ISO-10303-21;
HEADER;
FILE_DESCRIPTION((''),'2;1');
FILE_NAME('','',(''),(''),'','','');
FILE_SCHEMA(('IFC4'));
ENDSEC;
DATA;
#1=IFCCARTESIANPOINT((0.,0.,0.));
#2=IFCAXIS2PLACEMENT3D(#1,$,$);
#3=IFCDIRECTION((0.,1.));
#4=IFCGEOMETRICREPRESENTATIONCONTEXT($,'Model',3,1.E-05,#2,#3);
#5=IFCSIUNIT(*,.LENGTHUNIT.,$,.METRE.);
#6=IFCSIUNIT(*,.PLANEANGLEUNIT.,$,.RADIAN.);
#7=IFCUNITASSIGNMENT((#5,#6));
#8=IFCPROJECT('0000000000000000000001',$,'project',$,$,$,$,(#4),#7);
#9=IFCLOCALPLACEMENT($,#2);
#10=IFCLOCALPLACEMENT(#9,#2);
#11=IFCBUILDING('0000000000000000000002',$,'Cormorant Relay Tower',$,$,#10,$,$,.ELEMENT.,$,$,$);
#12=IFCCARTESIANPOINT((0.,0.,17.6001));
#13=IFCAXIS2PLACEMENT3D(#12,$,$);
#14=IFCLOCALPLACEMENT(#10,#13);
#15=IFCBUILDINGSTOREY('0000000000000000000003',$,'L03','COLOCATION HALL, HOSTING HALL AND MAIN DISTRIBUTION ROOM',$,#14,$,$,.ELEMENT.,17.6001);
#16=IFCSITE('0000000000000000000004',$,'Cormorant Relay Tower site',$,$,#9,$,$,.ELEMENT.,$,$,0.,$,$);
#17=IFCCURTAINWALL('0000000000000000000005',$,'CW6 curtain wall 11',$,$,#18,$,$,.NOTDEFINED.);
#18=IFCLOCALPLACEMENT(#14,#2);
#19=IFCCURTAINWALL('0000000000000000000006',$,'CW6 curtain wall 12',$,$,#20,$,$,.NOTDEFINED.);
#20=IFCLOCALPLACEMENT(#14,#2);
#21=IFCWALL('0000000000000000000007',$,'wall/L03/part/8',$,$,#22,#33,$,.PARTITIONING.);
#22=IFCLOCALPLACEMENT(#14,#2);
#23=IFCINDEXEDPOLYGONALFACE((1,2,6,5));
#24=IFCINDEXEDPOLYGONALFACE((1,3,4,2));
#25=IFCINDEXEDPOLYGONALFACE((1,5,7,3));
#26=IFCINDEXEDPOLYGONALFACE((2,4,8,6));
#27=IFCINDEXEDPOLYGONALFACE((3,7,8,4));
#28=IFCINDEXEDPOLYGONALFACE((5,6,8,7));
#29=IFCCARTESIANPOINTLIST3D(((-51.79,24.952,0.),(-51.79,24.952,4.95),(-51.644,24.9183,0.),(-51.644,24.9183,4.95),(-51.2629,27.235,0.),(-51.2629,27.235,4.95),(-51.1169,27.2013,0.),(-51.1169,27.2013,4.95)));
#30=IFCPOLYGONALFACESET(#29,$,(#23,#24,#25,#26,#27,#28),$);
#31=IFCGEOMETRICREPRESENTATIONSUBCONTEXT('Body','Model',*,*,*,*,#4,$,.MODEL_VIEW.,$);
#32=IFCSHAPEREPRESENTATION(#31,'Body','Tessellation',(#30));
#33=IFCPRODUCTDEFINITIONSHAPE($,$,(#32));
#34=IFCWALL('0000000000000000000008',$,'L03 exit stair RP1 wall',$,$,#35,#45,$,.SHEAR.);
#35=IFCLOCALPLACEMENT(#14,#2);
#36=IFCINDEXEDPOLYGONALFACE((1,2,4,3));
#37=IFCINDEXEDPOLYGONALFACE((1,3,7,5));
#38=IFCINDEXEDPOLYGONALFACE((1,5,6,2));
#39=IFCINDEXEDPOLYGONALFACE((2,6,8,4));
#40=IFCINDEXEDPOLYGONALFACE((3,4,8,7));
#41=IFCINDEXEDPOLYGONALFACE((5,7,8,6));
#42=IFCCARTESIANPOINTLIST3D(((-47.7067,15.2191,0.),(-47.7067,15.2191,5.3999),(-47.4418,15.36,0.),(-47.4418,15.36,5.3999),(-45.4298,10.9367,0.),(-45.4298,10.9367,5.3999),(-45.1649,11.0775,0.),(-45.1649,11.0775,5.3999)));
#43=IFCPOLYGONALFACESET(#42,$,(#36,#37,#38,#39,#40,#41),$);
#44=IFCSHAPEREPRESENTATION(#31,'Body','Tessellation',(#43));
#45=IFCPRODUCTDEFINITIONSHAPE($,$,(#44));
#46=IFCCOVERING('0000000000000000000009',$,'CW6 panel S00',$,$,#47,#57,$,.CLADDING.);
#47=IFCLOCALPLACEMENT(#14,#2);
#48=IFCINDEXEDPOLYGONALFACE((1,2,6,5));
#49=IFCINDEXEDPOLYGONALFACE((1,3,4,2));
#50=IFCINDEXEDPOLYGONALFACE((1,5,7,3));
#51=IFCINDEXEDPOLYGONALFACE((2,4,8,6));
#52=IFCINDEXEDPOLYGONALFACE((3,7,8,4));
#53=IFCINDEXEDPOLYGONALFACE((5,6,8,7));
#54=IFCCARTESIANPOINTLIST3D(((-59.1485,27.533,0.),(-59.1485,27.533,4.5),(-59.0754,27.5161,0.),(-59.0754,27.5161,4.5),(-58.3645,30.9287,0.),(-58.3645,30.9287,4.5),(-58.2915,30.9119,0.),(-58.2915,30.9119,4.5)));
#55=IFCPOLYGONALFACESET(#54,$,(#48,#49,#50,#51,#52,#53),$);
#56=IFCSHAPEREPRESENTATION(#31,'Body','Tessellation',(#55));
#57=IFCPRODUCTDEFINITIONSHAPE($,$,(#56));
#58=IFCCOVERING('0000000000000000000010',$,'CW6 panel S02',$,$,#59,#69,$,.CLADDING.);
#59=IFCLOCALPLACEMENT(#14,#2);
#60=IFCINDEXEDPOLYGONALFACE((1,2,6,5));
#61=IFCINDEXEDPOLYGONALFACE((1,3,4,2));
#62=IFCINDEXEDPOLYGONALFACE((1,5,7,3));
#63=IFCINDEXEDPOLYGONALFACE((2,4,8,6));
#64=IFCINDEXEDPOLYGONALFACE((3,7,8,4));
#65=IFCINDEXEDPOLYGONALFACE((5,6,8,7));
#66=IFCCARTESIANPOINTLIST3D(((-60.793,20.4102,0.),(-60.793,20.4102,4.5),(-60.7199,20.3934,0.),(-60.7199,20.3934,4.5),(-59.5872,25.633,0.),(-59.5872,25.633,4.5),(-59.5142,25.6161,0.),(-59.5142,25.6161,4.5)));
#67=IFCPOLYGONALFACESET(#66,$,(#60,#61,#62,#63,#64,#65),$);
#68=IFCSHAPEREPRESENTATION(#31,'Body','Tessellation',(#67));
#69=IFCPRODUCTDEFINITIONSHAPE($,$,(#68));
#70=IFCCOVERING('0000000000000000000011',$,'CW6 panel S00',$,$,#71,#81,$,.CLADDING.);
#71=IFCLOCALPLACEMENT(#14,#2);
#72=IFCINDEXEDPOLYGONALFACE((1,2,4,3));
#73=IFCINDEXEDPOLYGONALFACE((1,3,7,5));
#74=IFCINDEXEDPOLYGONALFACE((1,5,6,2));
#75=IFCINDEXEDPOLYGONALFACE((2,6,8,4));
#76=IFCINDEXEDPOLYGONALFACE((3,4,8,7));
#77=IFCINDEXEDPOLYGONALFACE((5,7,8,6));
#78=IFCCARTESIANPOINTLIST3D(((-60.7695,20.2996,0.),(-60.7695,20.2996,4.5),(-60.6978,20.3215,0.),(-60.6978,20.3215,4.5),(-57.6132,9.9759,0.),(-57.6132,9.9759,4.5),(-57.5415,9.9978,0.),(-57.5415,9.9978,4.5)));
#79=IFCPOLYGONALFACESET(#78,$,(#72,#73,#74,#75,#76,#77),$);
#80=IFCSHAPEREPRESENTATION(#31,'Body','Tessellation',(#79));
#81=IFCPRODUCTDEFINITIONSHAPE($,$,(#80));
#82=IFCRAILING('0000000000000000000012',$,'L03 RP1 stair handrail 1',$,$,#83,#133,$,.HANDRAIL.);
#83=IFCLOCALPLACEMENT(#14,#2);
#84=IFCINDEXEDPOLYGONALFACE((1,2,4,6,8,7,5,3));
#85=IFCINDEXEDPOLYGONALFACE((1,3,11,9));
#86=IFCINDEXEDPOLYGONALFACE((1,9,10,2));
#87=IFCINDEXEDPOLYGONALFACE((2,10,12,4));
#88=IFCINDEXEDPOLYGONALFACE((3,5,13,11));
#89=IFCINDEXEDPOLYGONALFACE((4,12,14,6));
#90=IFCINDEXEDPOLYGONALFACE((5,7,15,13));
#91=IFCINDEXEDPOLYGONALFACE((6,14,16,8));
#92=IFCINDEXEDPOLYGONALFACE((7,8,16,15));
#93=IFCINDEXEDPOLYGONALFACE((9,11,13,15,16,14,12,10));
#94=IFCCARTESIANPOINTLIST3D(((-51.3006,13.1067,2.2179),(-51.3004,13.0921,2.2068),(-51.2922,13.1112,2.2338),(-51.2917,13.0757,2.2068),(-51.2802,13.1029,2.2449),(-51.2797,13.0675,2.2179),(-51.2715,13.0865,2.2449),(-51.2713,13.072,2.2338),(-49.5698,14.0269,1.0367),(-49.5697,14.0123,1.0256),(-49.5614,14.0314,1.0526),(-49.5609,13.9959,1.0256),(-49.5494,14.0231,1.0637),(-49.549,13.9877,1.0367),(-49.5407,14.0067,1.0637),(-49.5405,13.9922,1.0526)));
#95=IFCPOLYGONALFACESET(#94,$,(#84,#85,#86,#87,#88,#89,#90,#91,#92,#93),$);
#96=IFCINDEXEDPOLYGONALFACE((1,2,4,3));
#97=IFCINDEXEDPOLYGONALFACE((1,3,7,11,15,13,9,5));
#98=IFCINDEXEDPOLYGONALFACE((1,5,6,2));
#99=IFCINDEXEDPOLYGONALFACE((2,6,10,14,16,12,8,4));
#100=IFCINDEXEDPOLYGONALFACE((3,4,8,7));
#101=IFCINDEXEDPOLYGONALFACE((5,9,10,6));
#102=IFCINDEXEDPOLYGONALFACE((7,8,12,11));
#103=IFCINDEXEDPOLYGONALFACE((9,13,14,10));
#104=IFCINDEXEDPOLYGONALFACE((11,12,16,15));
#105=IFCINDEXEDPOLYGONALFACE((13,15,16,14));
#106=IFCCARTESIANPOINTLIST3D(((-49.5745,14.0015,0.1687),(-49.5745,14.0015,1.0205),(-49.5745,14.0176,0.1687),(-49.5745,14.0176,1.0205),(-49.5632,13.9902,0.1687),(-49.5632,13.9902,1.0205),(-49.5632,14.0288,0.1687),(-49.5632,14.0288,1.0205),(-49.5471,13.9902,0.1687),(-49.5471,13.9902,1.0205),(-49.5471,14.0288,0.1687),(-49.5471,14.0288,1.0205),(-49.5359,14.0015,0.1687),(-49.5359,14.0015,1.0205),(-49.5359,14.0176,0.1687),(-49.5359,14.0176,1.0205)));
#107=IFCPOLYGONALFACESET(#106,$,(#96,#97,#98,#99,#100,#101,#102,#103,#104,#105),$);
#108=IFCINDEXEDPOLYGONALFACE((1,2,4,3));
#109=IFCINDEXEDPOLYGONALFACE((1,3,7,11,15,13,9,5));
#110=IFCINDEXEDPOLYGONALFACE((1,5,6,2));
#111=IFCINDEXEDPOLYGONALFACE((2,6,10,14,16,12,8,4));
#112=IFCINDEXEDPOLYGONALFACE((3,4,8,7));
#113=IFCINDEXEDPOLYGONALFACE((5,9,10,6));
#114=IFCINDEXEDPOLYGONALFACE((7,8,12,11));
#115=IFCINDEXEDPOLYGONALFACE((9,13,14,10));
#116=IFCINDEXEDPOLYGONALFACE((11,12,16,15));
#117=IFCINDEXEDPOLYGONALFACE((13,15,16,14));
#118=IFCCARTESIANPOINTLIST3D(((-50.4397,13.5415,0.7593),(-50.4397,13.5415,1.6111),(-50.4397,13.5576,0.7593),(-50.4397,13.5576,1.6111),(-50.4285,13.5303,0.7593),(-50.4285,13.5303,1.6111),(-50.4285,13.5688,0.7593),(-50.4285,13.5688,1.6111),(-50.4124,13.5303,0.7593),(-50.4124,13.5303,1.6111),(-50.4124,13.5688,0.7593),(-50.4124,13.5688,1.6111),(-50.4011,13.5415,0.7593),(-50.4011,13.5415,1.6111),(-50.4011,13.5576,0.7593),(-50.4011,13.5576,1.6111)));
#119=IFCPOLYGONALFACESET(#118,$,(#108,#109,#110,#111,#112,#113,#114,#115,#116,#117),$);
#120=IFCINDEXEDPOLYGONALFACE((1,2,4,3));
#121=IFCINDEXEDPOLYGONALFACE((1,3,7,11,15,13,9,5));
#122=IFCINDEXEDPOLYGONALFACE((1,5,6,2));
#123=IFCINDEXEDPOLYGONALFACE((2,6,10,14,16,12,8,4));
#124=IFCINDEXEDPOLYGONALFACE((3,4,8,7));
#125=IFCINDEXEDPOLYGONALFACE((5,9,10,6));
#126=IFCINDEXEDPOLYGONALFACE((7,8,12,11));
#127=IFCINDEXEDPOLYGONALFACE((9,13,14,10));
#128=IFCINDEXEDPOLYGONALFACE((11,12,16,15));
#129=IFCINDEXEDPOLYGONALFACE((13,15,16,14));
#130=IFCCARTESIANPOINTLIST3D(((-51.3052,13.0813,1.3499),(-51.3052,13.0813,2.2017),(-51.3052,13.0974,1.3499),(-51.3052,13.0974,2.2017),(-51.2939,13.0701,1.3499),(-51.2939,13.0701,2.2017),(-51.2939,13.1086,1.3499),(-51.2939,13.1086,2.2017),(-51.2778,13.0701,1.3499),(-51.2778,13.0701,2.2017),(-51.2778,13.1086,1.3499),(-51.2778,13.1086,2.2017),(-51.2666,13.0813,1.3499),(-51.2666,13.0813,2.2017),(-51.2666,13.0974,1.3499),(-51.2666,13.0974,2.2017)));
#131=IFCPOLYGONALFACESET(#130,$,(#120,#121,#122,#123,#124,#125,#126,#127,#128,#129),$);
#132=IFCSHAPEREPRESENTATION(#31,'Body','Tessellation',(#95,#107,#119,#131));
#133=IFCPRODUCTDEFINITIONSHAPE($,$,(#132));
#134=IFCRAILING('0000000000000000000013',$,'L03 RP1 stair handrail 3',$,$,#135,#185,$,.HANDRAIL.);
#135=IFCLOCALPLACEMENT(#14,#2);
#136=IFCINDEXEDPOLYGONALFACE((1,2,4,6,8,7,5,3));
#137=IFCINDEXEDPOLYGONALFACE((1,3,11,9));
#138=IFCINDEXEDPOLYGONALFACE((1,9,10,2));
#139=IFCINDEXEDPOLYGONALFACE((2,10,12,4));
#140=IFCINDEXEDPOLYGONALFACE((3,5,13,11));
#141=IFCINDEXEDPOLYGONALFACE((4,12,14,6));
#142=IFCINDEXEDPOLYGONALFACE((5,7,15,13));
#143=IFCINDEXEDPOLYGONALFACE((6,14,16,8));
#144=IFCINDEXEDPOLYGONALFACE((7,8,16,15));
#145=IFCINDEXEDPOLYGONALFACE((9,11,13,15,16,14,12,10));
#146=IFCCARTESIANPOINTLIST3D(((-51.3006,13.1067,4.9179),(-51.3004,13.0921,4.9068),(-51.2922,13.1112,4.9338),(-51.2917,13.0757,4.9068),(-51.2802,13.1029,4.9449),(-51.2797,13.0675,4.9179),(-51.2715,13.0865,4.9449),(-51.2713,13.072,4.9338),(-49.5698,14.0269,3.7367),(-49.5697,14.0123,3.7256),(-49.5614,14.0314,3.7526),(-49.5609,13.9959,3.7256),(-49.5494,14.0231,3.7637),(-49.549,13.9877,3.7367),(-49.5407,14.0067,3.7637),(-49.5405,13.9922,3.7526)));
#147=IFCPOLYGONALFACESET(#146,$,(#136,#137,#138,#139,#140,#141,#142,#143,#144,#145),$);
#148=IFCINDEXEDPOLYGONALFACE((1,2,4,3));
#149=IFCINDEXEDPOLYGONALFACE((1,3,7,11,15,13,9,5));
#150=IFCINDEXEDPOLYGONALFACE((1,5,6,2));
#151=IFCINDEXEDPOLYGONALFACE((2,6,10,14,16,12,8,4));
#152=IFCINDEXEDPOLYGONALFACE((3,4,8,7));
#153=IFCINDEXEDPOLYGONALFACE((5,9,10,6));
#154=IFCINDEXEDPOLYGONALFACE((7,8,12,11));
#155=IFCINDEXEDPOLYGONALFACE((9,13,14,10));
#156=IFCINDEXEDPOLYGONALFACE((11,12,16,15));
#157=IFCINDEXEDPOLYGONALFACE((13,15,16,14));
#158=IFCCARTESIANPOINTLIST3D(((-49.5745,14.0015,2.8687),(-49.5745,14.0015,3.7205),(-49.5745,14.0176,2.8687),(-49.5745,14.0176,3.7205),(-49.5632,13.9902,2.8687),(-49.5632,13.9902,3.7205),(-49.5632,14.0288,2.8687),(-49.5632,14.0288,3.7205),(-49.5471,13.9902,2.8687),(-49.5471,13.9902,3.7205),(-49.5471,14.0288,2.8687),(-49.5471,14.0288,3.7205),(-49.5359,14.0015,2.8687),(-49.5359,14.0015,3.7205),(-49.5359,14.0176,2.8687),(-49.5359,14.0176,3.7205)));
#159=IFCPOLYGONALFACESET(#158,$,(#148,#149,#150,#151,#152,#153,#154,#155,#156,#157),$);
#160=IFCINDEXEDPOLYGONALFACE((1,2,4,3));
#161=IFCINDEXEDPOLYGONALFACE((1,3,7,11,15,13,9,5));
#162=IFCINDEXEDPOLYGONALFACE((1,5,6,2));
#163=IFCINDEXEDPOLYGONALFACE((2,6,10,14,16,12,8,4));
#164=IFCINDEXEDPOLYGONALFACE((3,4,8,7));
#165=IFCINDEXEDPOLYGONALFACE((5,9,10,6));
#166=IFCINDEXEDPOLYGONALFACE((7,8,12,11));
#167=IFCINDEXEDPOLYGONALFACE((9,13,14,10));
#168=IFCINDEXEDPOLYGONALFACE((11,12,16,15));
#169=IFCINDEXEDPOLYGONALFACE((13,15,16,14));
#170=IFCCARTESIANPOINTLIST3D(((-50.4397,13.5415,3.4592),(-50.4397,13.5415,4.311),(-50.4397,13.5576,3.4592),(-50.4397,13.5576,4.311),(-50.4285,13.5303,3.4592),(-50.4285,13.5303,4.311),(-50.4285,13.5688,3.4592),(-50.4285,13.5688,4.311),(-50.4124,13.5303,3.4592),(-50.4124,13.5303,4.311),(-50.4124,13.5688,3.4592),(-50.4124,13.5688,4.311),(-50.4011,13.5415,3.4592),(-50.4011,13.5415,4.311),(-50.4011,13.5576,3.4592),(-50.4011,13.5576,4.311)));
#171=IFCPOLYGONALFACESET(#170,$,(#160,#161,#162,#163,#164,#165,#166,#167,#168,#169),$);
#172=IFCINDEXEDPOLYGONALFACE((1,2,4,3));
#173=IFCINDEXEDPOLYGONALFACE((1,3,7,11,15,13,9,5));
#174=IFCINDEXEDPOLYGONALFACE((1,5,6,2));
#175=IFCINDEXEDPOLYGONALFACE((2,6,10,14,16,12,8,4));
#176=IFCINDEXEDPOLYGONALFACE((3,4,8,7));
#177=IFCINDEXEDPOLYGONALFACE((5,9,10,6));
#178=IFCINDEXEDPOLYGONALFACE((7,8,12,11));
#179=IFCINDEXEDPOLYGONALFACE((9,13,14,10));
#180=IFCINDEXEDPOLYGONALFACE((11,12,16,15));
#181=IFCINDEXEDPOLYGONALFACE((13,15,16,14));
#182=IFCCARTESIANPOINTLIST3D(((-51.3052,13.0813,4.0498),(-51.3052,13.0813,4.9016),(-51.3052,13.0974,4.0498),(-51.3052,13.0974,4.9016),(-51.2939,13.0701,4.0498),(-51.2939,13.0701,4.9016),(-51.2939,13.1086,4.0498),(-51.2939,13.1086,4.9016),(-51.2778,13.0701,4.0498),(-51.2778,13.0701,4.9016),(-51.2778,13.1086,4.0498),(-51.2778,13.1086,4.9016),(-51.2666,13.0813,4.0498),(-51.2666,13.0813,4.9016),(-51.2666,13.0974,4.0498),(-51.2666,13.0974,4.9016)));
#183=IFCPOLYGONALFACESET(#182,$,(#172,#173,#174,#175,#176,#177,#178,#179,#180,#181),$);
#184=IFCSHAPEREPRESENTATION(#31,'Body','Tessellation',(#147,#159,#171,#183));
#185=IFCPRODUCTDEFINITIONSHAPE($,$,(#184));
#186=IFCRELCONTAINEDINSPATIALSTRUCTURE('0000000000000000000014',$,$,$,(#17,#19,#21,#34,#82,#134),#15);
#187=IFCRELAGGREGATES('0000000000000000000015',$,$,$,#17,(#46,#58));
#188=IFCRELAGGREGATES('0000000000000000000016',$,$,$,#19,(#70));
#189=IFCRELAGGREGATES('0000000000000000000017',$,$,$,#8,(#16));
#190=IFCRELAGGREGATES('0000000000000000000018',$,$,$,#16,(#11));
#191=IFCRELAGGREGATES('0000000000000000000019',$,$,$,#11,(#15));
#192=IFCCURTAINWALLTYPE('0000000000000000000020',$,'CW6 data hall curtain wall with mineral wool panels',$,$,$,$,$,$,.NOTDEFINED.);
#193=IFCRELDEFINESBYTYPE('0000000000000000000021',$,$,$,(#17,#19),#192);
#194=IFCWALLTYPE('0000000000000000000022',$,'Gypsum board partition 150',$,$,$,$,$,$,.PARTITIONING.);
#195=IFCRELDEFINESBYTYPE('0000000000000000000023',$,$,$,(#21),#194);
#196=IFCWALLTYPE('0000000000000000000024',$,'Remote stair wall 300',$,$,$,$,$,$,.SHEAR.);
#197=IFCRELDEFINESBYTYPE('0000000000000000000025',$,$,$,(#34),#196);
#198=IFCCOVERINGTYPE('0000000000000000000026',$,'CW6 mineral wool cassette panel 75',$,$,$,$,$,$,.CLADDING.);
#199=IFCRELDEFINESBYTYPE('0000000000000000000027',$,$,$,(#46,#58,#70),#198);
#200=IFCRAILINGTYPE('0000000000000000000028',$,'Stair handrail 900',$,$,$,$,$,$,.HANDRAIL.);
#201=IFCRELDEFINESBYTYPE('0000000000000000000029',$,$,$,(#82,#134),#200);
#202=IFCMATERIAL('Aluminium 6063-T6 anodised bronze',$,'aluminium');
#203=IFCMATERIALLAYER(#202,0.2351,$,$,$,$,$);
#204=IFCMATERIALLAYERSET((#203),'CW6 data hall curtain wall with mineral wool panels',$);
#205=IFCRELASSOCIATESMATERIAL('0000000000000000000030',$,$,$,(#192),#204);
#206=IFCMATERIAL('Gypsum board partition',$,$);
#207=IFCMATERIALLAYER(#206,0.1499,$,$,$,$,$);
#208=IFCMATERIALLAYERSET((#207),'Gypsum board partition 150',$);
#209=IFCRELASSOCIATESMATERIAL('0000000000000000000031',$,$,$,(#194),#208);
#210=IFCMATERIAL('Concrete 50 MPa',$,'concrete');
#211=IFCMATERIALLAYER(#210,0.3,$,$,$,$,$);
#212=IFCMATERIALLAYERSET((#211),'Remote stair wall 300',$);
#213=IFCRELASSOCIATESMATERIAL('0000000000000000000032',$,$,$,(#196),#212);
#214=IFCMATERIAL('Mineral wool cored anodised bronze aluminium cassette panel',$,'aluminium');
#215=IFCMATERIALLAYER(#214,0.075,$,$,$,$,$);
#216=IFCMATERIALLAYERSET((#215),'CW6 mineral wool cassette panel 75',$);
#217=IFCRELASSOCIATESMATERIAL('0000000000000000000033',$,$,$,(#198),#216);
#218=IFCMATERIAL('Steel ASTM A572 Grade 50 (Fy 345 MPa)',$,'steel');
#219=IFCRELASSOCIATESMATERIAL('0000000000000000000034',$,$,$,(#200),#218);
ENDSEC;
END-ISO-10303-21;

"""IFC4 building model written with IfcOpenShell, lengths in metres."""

from ifc_helpers import new_model, si_unit, direction, frame, frame_2d, origin, origin_2d, place, context, subcontext, project, spatial, polyline, rectangle, outline, extrude, material, layer, layer_set, type_object, element, aggregate, save


model = new_model("IFC4")

# Units and contexts
model_context = context("Model", 3, precision=1e-05, world=origin(), true_north=direction((0.0, 1.0)))
body_context = subcontext(model_context, "Body", "Model", "MODEL_VIEW")
ifc_project = project(units=[si_unit("LENGTHUNIT", "METRE"), si_unit("PLANEANGLEUNIT", "RADIAN")], contexts=[model_context])

# Site, building, storey
site_placement = place(None, origin())
site = spatial("IfcSite", under=ifc_project, at=site_placement, Name="Cormorant Relay Tower site", CompositionType="ELEMENT", RefElevation=0.0)
building_placement = place(site_placement, origin())
building = spatial("IfcBuilding", under=site, at=building_placement, Name="Cormorant Relay Tower", CompositionType="ELEMENT")
storey_placement = place(building_placement, frame((0.0, 0.0, 17.6001)))
storey = spatial("IfcBuildingStorey", under=building, at=storey_placement, Name="L03", Description="COLOCATION HALL, HOSTING HALL AND MAIN DISTRIBUTION ROOM", CompositionType="ELEMENT", Elevation=17.6001)

# Curtain wall
ifc_material_1 = material(Name="Aluminium 6063-T6 anodised bronze", Category="aluminium")
ifc_layer_1 = layer(ifc_material_1, 0.2351)
ifc_layer_set_1 = layer_set([ifc_layer_1], Name="CW6 data hall curtain wall with mineral wool panels")
curtain_wall_type = type_object("IfcCurtainWallType", Name="CW6 data hall curtain wall with mineral wool panels", PredefinedType="NOTDEFINED", material=ifc_layer_set_1)
curtain_wall_1_placement = place(storey_placement, origin())
curtain_wall_1 = element("IfcCurtainWall", 1, at=curtain_wall_1_placement, inside=storey, type_object=curtain_wall_type, Name="CW6 curtain wall 11", PredefinedType="NOTDEFINED")

# Curtain wall
curtain_wall_2_placement = place(storey_placement, origin())
curtain_wall_2 = element("IfcCurtainWall", 2, at=curtain_wall_2_placement, inside=storey, type_object=curtain_wall_type, Name="CW6 curtain wall 12", PredefinedType="NOTDEFINED")

# Shared definitions
ifc_material_2 = material(Name="Gypsum board partition")
ifc_layer_2 = layer(ifc_material_2, 0.1499)
ifc_layer_set_2 = layer_set([ifc_layer_2], Name="Gypsum board partition 150")
wall_type_1 = type_object("IfcWallType", Name="Gypsum board partition 150", PredefinedType="PARTITIONING", material=ifc_layer_set_2)

# Walls
wall_1_placement = place(storey_placement, frame((-51.1899, 27.218, 0.0), z_axis=(0.0, 0.0, 1.0), x_axis=(-0.224966, -0.974367, 0.0)))
element("IfcWall", 3, at=wall_1_placement, inside=storey, type_object=wall_type_1, Name="wall/L03/part/8", PredefinedType="PARTITIONING", context=body_context, shape_type="SweptSolid", body=[
    extrude(rectangle(XDim=2.343, YDim=0.1499, at=frame_2d((1.1714, 0.0))), origin(), (0.0, 0.0, 1.0), 4.95),
])
ifc_material_3 = material(Name="Concrete 50 MPa", Category="concrete")
ifc_layer_3 = layer(ifc_material_3, 0.3)
ifc_layer_set_3 = layer_set([ifc_layer_3], Name="Remote stair wall 300")
wall_type_2 = type_object("IfcWallType", Name="Remote stair wall 300", PredefinedType="SHEAR", material=ifc_layer_set_3)
wall_2_placement = place(storey_placement, frame((-47.5742, 15.2896, 0.0), z_axis=(0.0, 0.0, 1.0), x_axis=(0.469443, -0.882963, 0.0)))
element("IfcWall", 4, at=wall_2_placement, inside=storey, type_object=wall_type_2, Name="L03 exit stair RP1 wall", PredefinedType="SHEAR", context=body_context, shape_type="SweptSolid", body=[
    extrude(rectangle(XDim=4.8501, YDim=0.3, at=frame_2d((2.425, 0.0))), origin(), (0.0, 0.0, 1.0), 5.3999),
])

# Coverings
ifc_material_4 = material(Name="Mineral wool cored anodised bronze aluminium cassette panel", Category="aluminium")
ifc_layer_4 = layer(ifc_material_4, 0.075)
ifc_layer_set_4 = layer_set([ifc_layer_4], Name="CW6 mineral wool cassette panel 75")
covering_type = type_object("IfcCoveringType", Name="CW6 mineral wool cassette panel 75", PredefinedType="CLADDING", material=ifc_layer_set_4)
covering_1_placement = place(storey_placement, frame((-58.72, 29.2224, 0.0), z_axis=(0.0, 0.0, 1.0), x_axis=(-0.224951, -0.97437, 0.0)))
covering_1 = element("IfcCovering", 5, at=covering_1_placement, type_object=covering_type, Name="CW6 panel S00", PredefinedType="CLADDING", context=body_context, shape_type="SweptSolid", body=[
    extrude(rectangle(XDim=3.4851, YDim=0.075, at=origin_2d()), origin(), (0.0, 0.0, 1.0), 4.5),
])
covering_2_placement = place(storey_placement, frame((-60.1536, 23.0132, 0.0), z_axis=(0.0, 0.0, 1.0), x_axis=(-0.224951, -0.97437, 0.0)))
covering_2 = element("IfcCovering", 6, at=covering_2_placement, type_object=covering_type, Name="CW6 panel S02", PredefinedType="CLADDING", context=body_context, shape_type="SweptSolid", body=[
    extrude(rectangle(XDim=5.3601, YDim=0.075, at=origin_2d()), origin(), (0.0, 0.0, 1.0), 4.5),
])
aggregate(curtain_wall_1, [covering_1, covering_2])
covering_3_placement = place(storey_placement, frame((-59.1555, 15.1487, 0.0), z_axis=(0.0, 0.0, 1.0), x_axis=(0.292372, -0.956305, 0.0)))
covering_3 = element("IfcCovering", 7, at=covering_3_placement, type_object=covering_type, Name="CW6 panel S00", PredefinedType="CLADDING", context=body_context, shape_type="SweptSolid", body=[
    extrude(rectangle(XDim=10.7954, YDim=0.075, at=origin_2d()), origin(), (0.0, 0.0, 1.0), 4.5),
])
aggregate(curtain_wall_2, [covering_3])

# Railings
ifc_material_5 = material(Name="Steel ASTM A572 Grade 50 (Fy 345 MPa)", Category="steel")
railing_type = type_object("IfcRailingType", Name="Stair handrail 900", PredefinedType="HANDRAIL", material=ifc_material_5)
for number, where, name in (
    (8, (-49.5552, 14.0095, 0.1687), "L03 RP1 stair handrail 1"),
    (9, (-49.5552, 14.0095, 2.8687), "L03 RP1 stair handrail 3"),
):
    element("IfcRailing", number, at=place(storey_placement, frame(where)), inside=storey, type_object=railing_type, Name=name, PredefinedType="HANDRAIL", context=body_context, shape_type="SweptSolid", body=[
        extrude(outline(polyline([(0.0222, 0.0093), (0.0093, 0.0222), (-0.0093, 0.0222), (-0.0222, 0.0093), (-0.0222, -0.0093), (-0.0093, -0.0222), (0.0093, -0.0222), (0.0222, -0.0093), (0.0222, 0.0093)])), frame((0.0, 0.0, 0.876), z_axis=(-0.756268, -0.402084, 0.516127), x_axis=(0.469444, -0.882962, 0.0)), (0.0, 0.0, 1.0), 2.2886),
        extrude(outline(polyline([(0.0193, 0.0081), (0.0081, 0.0193), (-0.0081, 0.0193), (-0.0193, 0.0081), (-0.0193, -0.0081), (-0.0081, -0.0193), (0.0081, -0.0193), (0.0193, -0.0081), (0.0193, 0.0081)])), origin(), (0.0, 0.0, 1.0), 0.8518),
        extrude(outline(polyline([(0.0193, 0.0081), (0.0081, 0.0193), (-0.0081, 0.0193), (-0.0193, 0.0081), (-0.0193, -0.0081), (-0.0081, -0.0193), (0.0081, -0.0193), (0.0193, -0.0081), (0.0193, 0.0081)])), frame((-0.8652, -0.46, 0.5906)), (0.0, 0.0, 1.0), 0.8518),
        extrude(outline(polyline([(0.0193, 0.0081), (0.0081, 0.0193), (-0.0081, 0.0193), (-0.0193, 0.0081), (-0.0193, -0.0081), (-0.0081, -0.0193), (0.0081, -0.0193), (0.0193, -0.0081), (0.0193, 0.0081)])), frame((-1.7307, -0.9202, 1.1812)), (0.0, 0.0, 1.0), 0.8518),
    ])

save(model, "model.ifc")
